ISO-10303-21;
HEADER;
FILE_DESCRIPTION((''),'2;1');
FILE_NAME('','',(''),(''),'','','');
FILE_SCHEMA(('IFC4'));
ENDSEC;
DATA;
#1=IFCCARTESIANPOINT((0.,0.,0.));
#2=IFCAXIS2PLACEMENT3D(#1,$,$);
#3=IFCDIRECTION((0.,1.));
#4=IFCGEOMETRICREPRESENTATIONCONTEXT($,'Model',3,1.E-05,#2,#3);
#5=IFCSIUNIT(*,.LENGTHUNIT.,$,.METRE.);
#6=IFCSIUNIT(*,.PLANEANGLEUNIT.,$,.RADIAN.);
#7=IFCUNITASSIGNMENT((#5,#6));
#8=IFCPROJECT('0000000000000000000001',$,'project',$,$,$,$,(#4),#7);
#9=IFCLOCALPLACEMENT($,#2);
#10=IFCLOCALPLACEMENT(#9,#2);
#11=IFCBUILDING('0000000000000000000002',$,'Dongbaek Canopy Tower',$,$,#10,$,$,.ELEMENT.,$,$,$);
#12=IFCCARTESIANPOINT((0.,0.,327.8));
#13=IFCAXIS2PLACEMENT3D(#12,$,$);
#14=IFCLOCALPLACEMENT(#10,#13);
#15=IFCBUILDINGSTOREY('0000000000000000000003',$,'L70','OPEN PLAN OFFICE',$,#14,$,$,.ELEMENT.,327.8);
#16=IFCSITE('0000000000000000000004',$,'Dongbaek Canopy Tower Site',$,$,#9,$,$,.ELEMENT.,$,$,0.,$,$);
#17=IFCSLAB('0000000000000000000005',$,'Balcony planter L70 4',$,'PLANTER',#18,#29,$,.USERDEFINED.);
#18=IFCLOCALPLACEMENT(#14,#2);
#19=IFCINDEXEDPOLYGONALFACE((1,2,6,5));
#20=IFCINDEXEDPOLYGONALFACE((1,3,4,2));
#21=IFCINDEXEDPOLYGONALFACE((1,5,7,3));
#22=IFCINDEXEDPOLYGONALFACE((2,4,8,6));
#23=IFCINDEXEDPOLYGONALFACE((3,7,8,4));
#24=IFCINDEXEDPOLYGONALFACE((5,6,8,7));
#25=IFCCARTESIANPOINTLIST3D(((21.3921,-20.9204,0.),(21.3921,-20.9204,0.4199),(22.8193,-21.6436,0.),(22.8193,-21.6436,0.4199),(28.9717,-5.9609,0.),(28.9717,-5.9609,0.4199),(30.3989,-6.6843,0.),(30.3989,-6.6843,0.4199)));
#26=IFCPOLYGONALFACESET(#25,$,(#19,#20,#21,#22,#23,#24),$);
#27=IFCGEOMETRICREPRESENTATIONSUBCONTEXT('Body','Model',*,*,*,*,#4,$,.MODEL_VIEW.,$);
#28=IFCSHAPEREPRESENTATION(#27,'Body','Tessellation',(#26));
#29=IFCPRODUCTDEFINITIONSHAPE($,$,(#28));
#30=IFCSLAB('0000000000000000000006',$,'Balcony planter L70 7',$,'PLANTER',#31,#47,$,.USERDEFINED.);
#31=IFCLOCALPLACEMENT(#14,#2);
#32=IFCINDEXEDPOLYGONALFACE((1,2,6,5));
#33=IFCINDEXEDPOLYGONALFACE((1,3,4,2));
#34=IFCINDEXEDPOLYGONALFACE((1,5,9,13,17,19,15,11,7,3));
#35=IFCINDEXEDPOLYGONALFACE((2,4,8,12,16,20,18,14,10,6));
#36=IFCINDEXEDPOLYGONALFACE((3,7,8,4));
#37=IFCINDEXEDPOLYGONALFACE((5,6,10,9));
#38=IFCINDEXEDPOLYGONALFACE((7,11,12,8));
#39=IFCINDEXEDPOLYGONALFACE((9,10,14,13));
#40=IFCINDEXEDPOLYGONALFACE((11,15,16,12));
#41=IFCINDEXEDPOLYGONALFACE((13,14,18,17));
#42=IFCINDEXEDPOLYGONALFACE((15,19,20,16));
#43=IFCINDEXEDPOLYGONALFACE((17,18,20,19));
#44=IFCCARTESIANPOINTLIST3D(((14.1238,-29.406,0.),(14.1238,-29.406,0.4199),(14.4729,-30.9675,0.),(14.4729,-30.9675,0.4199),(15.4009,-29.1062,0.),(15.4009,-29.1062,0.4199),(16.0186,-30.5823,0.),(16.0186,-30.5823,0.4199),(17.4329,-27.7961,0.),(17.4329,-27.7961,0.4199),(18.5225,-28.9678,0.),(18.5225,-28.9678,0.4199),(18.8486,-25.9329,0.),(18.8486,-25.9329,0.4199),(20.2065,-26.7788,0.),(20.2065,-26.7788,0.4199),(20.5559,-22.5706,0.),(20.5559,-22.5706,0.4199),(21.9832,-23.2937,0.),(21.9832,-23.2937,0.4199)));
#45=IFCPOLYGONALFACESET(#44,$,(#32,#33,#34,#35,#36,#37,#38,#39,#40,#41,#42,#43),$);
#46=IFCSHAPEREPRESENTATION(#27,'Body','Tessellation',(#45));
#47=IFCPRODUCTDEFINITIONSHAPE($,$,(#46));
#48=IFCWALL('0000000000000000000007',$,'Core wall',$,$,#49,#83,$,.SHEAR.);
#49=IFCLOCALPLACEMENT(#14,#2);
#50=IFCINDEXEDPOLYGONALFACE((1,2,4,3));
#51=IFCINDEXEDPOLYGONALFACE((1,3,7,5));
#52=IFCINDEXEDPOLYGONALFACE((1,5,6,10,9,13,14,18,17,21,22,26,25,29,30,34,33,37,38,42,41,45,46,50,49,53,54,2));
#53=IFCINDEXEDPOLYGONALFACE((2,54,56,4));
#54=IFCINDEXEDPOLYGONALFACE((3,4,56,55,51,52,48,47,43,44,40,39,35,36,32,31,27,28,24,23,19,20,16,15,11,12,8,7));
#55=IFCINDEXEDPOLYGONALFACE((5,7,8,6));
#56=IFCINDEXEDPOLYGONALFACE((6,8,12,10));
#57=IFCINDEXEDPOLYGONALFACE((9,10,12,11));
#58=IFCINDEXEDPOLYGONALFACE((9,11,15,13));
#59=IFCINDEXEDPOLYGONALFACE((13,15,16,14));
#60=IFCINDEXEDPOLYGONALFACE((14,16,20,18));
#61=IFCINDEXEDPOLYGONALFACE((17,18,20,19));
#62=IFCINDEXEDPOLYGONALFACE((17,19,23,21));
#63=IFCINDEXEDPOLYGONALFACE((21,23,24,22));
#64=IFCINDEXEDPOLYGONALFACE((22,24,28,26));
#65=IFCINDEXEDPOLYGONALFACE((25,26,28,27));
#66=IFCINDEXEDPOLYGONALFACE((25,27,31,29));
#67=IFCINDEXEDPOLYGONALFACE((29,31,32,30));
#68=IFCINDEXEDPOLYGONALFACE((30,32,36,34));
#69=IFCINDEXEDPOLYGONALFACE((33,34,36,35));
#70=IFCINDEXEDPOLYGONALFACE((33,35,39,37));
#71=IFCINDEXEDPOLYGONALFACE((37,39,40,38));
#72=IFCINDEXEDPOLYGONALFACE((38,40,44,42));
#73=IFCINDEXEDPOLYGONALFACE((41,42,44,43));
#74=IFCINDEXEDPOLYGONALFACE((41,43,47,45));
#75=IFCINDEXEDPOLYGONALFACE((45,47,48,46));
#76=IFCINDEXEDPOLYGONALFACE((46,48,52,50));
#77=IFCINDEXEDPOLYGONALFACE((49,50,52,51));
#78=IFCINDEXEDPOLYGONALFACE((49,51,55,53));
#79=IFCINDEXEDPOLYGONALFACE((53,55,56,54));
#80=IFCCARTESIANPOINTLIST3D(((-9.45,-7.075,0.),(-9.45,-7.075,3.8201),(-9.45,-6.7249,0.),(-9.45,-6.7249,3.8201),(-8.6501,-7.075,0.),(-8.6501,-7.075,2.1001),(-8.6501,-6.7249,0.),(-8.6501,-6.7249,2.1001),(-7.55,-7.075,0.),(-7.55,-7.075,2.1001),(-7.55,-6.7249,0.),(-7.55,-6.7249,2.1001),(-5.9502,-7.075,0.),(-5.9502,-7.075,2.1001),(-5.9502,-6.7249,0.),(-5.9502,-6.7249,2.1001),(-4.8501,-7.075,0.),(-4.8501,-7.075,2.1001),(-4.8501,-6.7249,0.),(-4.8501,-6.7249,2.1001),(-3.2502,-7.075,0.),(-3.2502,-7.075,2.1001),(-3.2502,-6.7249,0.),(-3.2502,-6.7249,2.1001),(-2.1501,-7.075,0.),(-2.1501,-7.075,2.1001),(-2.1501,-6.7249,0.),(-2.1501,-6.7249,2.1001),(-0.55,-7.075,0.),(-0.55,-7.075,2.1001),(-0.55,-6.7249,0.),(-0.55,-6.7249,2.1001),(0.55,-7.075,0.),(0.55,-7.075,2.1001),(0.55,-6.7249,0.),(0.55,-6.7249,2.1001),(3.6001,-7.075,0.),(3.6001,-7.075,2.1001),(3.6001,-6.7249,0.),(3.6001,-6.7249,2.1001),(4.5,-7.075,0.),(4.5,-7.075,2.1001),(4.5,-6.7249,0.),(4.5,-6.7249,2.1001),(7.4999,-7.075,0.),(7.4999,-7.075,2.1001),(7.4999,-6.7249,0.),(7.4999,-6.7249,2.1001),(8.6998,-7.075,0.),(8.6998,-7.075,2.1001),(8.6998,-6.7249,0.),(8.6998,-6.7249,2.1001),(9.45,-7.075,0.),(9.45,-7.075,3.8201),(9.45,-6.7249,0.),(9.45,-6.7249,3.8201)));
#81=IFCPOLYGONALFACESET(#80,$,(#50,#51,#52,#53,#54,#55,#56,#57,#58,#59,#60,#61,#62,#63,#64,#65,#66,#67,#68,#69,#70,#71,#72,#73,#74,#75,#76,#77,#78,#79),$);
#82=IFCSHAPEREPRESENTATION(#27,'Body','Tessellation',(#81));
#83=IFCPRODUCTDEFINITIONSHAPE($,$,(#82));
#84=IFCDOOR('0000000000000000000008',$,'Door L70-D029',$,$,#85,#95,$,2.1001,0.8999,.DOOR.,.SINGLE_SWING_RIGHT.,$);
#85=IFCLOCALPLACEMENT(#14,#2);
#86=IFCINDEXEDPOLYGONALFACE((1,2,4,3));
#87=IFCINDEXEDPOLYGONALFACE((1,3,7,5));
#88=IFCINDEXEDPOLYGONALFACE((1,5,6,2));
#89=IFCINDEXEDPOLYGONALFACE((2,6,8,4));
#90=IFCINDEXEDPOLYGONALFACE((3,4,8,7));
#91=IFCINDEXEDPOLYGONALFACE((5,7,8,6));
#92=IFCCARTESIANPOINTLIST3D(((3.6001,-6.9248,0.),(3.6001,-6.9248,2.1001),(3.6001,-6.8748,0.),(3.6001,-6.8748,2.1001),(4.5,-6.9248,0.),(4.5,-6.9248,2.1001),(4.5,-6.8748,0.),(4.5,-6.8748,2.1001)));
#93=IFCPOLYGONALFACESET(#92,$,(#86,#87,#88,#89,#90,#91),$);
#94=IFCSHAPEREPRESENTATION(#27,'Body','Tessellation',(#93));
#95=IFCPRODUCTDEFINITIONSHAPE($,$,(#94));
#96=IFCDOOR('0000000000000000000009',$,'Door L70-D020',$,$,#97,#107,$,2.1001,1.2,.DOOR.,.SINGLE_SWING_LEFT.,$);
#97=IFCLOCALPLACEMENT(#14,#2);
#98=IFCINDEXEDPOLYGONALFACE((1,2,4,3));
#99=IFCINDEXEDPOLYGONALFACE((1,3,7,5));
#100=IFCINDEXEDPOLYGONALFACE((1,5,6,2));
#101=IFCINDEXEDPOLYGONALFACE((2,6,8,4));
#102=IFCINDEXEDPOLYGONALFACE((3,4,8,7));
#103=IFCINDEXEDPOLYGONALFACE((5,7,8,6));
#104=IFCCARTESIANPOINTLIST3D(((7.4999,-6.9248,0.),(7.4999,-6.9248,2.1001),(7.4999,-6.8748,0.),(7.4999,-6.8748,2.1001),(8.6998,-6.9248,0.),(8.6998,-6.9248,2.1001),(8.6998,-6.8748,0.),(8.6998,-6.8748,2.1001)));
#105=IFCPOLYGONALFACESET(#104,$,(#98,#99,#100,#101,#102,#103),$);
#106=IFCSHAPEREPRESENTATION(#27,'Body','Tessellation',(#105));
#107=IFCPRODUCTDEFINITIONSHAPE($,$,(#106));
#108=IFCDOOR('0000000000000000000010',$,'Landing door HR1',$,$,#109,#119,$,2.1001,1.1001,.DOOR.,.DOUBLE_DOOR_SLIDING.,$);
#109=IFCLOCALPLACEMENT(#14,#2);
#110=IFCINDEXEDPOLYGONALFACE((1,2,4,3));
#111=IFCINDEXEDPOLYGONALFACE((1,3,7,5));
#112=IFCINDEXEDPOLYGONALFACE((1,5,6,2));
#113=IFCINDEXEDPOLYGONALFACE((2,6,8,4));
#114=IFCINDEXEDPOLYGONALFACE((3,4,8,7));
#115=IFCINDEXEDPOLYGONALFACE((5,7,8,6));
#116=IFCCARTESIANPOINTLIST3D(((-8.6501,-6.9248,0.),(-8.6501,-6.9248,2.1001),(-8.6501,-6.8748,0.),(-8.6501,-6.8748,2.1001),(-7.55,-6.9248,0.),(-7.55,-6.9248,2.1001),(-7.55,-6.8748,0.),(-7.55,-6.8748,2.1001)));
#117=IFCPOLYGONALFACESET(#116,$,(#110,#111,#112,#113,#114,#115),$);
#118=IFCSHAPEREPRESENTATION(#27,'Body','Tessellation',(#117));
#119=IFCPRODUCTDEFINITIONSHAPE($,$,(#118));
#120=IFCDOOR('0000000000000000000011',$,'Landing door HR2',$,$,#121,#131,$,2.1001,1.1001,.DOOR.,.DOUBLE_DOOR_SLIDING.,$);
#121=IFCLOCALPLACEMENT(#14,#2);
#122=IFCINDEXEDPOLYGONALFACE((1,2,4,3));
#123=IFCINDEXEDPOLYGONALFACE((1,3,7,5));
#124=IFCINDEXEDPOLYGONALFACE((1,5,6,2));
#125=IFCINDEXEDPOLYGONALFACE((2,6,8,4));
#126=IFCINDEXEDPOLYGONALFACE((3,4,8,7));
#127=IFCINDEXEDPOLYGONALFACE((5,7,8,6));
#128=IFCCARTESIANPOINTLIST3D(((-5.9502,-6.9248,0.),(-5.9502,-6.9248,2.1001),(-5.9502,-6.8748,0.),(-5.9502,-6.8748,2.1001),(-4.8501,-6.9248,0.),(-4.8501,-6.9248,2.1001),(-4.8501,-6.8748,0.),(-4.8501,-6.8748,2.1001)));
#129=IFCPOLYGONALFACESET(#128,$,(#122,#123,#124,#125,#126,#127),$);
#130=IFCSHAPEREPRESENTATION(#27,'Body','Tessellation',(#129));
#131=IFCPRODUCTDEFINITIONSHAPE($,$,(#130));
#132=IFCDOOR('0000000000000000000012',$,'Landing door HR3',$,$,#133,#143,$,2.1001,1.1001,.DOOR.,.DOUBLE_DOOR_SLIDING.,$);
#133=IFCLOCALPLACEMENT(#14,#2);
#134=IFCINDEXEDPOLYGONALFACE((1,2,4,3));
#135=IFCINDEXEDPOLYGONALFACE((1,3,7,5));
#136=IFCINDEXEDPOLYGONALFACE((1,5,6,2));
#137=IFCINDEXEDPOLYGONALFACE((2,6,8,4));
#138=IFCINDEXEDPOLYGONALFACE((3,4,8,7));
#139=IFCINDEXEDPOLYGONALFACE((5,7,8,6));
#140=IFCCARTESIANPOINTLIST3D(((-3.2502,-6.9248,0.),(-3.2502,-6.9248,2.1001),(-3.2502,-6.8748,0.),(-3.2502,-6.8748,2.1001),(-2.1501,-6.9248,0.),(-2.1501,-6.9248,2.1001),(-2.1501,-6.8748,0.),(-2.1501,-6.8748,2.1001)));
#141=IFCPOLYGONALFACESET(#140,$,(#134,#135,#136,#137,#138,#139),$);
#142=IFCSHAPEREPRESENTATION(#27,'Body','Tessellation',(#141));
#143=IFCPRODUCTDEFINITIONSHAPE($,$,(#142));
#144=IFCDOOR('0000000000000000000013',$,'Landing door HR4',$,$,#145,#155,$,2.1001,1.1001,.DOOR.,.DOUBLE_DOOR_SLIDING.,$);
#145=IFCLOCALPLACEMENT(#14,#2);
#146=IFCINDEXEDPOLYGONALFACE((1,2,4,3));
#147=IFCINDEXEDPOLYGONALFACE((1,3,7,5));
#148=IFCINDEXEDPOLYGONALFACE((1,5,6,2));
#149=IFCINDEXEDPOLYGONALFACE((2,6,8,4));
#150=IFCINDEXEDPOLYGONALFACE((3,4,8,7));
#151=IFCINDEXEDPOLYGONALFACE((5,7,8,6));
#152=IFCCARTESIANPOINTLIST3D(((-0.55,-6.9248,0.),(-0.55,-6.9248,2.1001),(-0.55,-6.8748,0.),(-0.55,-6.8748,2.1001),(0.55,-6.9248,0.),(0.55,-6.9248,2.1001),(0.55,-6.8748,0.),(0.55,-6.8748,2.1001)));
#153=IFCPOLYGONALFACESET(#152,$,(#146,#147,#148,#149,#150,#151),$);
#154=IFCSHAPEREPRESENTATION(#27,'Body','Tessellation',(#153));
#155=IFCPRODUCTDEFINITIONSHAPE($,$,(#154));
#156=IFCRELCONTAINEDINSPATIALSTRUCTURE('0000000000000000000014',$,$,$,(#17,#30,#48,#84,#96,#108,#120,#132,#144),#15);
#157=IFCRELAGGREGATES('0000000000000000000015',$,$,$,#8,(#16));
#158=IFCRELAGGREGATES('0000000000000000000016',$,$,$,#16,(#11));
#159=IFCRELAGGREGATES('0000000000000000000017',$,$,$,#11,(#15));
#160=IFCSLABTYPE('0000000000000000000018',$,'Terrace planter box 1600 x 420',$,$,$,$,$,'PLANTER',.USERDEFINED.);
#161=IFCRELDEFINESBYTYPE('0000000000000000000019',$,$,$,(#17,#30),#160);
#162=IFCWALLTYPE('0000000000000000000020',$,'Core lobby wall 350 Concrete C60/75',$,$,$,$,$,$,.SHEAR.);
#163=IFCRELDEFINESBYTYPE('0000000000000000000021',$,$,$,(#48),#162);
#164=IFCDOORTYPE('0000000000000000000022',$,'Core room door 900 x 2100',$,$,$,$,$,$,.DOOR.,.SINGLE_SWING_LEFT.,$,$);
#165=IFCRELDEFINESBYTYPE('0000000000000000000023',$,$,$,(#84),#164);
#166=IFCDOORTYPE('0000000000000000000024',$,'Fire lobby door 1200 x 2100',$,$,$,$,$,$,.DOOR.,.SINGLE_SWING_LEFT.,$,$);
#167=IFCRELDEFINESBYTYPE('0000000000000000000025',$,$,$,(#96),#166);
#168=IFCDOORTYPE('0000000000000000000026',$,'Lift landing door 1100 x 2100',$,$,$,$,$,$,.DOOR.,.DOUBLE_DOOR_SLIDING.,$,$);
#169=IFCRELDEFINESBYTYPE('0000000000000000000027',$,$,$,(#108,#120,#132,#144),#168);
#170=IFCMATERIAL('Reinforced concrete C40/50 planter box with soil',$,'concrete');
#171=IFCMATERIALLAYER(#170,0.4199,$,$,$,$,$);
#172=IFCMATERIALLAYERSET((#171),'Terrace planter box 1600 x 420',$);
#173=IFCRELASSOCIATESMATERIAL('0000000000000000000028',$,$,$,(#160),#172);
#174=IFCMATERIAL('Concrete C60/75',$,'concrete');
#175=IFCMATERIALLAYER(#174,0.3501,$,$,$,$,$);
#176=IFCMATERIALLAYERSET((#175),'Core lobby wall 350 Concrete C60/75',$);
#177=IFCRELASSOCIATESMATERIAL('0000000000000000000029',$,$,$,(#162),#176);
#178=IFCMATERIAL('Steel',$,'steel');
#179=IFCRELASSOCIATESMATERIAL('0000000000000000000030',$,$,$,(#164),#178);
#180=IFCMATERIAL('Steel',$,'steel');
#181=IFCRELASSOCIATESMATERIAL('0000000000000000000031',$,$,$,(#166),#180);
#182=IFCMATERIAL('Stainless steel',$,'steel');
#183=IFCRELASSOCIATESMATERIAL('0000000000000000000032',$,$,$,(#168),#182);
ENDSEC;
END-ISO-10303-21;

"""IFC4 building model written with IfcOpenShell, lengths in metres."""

from ifc_helpers import new_model, si_unit, direction, frame, frame_2d, origin, place, context, subcontext, project, spatial, polyline, rectangle, outline, extrude, material, layer, layer_set, type_object, element, fill, save


model = new_model("IFC4")

# Units and contexts
model_context = context("Model", 3, precision=1e-05, world=origin(), true_north=direction((0.0, 1.0)))
body_context = subcontext(model_context, "Body", "Model", "MODEL_VIEW")
ifc_project = project(units=[si_unit("LENGTHUNIT", "METRE"), si_unit("PLANEANGLEUNIT", "RADIAN")], contexts=[model_context])

# Site, building, storey
site_placement = place(None, origin())
site = spatial("IfcSite", under=ifc_project, at=site_placement, Name="Dongbaek Canopy Tower Site", CompositionType="ELEMENT", RefElevation=0.0)
building_placement = place(site_placement, origin())
building = spatial("IfcBuilding", under=site, at=building_placement, Name="Dongbaek Canopy Tower", CompositionType="ELEMENT")
storey_placement = place(building_placement, frame((0.0, 0.0, 327.8)))
storey = spatial("IfcBuildingStorey", under=building, at=storey_placement, Name="L70", Description="OPEN PLAN OFFICE", CompositionType="ELEMENT", Elevation=327.8)

# Slabs
ifc_material_1 = material(Name="Reinforced concrete C40/50 planter box with soil", Category="concrete")
ifc_layer_1 = layer(ifc_material_1, 0.4199)
ifc_layer_set_1 = layer_set([ifc_layer_1], Name="Terrace planter box 1600 x 420")
slab_type_1 = type_object("IfcSlabType", Name="Terrace planter box 1600 x 420", ElementType="PLANTER", PredefinedType="USERDEFINED", material=ifc_layer_set_1)
slab_1_placement = place(storey_placement, origin())
element("IfcSlab", 1, at=slab_1_placement, inside=storey, type_object=slab_type_1, Name="Balcony planter L70 4", ObjectType="PLANTER", PredefinedType="USERDEFINED", context=body_context, shape_type="SweptSolid", body=[
    extrude(outline(polyline([(21.3921, -20.9204), (28.9717, -5.9609), (30.3989, -6.6843), (22.8193, -21.6436), (21.3921, -20.9204)])), origin(), (0.0, 0.0, 1.0), 0.4199),
])
slab_2_placement = place(storey_placement, origin())
element("IfcSlab", 2, at=slab_2_placement, inside=storey, type_object=slab_type_1, Name="Balcony planter L70 7", ObjectType="PLANTER", PredefinedType="USERDEFINED", context=body_context, shape_type="SweptSolid", body=[
    extrude(outline(polyline([(14.1238, -29.406), (15.4009, -29.1062), (17.4329, -27.7961), (18.8486, -25.9329), (20.5559, -22.5706), (21.9832, -23.2937), (20.2065, -26.7788), (18.5225, -28.9678), (16.0186, -30.5823), (14.4729, -30.9675), (14.1238, -29.406)])), origin(), (0.0, 0.0, 1.0), 0.4199),
])

# Wall, openings, doors
ifc_material_2 = material(Name="Concrete C60/75", Category="concrete")
ifc_layer_2 = layer(ifc_material_2, 0.3501)
ifc_layer_set_2 = layer_set([ifc_layer_2], Name="Core lobby wall 350 Concrete C60/75")
wall_type_1 = type_object("IfcWallType", Name="Core lobby wall 350 Concrete C60/75", PredefinedType="SHEAR", material=ifc_layer_set_2)
wall_1_placement = place(storey_placement, frame((9.45, -6.8999, 0.0), z_axis=(0.0, 0.0, 1.0), x_axis=(-1.0, 0.0, 0.0)))
wall_1 = element("IfcWall", 3, at=wall_1_placement, inside=storey, type_object=wall_type_1, Name="Core wall", PredefinedType="SHEAR", context=body_context, shape_type="SweptSolid", body=[
    extrude(rectangle(XDim=18.8999, YDim=0.3501, at=frame_2d((9.45, 0.0))), origin(), (0.0, 0.0, 1.0), 3.8201),
])
opening_1_placement = place(wall_1_placement, frame((17.0, 0.0, 0.0)))
opening_1 = element("IfcOpeningElement", 4, at=opening_1_placement, cuts=wall_1, PredefinedType="OPENING", context=body_context, shape_type="SweptSolid", body=[
    extrude(rectangle(XDim=1.1001, YDim=2.1001, at=frame_2d((0.55, 1.05))), frame((0.0, 0.1851, 0.0), z_axis=(0.0, -1.0, 0.0), x_axis=(1.0, 0.0, 0.0)), (0.0, 0.0, 1.0), 0.3701),
])
opening_2_placement = place(wall_1_placement, frame((14.3, 0.0, 0.0)))
opening_2 = element("IfcOpeningElement", 5, at=opening_2_placement, cuts=wall_1, PredefinedType="OPENING", context=body_context, shape_type="SweptSolid", body=[
    extrude(rectangle(XDim=1.1001, YDim=2.1001, at=frame_2d((0.55, 1.05))), frame((0.0, 0.1851, 0.0), z_axis=(0.0, -1.0, 0.0), x_axis=(1.0, 0.0, 0.0)), (0.0, 0.0, 1.0), 0.3701),
])
opening_3_placement = place(wall_1_placement, frame((11.6001, 0.0, 0.0)))
opening_3 = element("IfcOpeningElement", 6, at=opening_3_placement, cuts=wall_1, PredefinedType="OPENING", context=body_context, shape_type="SweptSolid", body=[
    extrude(rectangle(XDim=1.1001, YDim=2.1001, at=frame_2d((0.55, 1.05))), frame((0.0, 0.1851, 0.0), z_axis=(0.0, -1.0, 0.0), x_axis=(1.0, 0.0, 0.0)), (0.0, 0.0, 1.0), 0.3701),
])
opening_4_placement = place(wall_1_placement, frame((8.8999, 0.0, 0.0)))
opening_4 = element("IfcOpeningElement", 7, at=opening_4_placement, cuts=wall_1, PredefinedType="OPENING", context=body_context, shape_type="SweptSolid", body=[
    extrude(rectangle(XDim=1.1001, YDim=2.1001, at=frame_2d((0.55, 1.05))), frame((0.0, 0.1851, 0.0), z_axis=(0.0, -1.0, 0.0), x_axis=(1.0, 0.0, 0.0)), (0.0, 0.0, 1.0), 0.3701),
])
opening_5_placement = place(wall_1_placement, frame((0.75, 0.0, 0.0)))
opening_5 = element("IfcOpeningElement", 8, at=opening_5_placement, cuts=wall_1, PredefinedType="OPENING", context=body_context, shape_type="SweptSolid", body=[
    extrude(rectangle(XDim=1.2, YDim=2.1001, at=frame_2d((0.6001, 1.05))), frame((0.0, 0.1851, 0.0), z_axis=(0.0, -1.0, 0.0), x_axis=(1.0, 0.0, 0.0)), (0.0, 0.0, 1.0), 0.3701),
])
opening_6_placement = place(wall_1_placement, frame((4.95, 0.0, 0.0)))
opening_6 = element("IfcOpeningElement", 9, at=opening_6_placement, cuts=wall_1, PredefinedType="OPENING", context=body_context, shape_type="SweptSolid", body=[
    extrude(rectangle(XDim=0.8999, YDim=2.1001, at=frame_2d((0.45, 1.05))), frame((0.0, 0.1851, 0.0), z_axis=(0.0, -1.0, 0.0), x_axis=(1.0, 0.0, 0.0)), (0.0, 0.0, 1.0), 0.3701),
])
ifc_material_3 = material(Name="Steel", Category="steel")
door_type_1 = type_object("IfcDoorType", Name="Core room door 900 x 2100", OperationType="SINGLE_SWING_LEFT", PredefinedType="DOOR", material=ifc_material_3)
door_1_placement = place(opening_6_placement, origin())
door_1 = element("IfcDoor", 10, at=door_1_placement, inside=storey, type_object=door_type_1, Name="Door L70-D029", OperationType="SINGLE_SWING_RIGHT", OverallHeight=2.1001, OverallWidth=0.8999, PredefinedType="DOOR", context=body_context, shape_type="SweptSolid", body=[
    extrude(rectangle(XDim=0.8999, YDim=2.1001, at=frame_2d((0.45, 1.05))), frame((0.0, 0.0249, 0.0), z_axis=(0.0, -1.0, 0.0), x_axis=(1.0, 0.0, 0.0)), (0.0, 0.0, 1.0), 0.05),
])
fill(opening_6, door_1)
ifc_material_4 = material(Name="Steel", Category="steel")
door_type_2 = type_object("IfcDoorType", Name="Fire lobby door 1200 x 2100", OperationType="SINGLE_SWING_LEFT", PredefinedType="DOOR", material=ifc_material_4)
door_2_placement = place(opening_5_placement, origin())
door_2 = element("IfcDoor", 11, at=door_2_placement, inside=storey, type_object=door_type_2, Name="Door L70-D020", OperationType="SINGLE_SWING_LEFT", OverallHeight=2.1001, OverallWidth=1.2, PredefinedType="DOOR", context=body_context, shape_type="SweptSolid", body=[
    extrude(rectangle(XDim=1.2, YDim=2.1001, at=frame_2d((0.6001, 1.05))), frame((0.0, 0.0249, 0.0), z_axis=(0.0, -1.0, 0.0), x_axis=(1.0, 0.0, 0.0)), (0.0, 0.0, 1.0), 0.05),
])
fill(opening_5, door_2)
ifc_material_5 = material(Name="Stainless steel", Category="steel")
door_type_3 = type_object("IfcDoorType", Name="Lift landing door 1100 x 2100", OperationType="DOUBLE_DOOR_SLIDING", PredefinedType="DOOR", material=ifc_material_5)
door_3_placement = place(opening_1_placement, origin())
door_3 = element("IfcDoor", 12, at=door_3_placement, inside=storey, type_object=door_type_3, Name="Landing door HR1", OperationType="DOUBLE_DOOR_SLIDING", OverallHeight=2.1001, OverallWidth=1.1001, PredefinedType="DOOR", context=body_context, shape_type="SweptSolid", body=[
    extrude(rectangle(XDim=1.1001, YDim=2.1001, at=frame_2d((0.55, 1.05))), frame((0.0, 0.0249, 0.0), z_axis=(0.0, -1.0, 0.0), x_axis=(1.0, 0.0, 0.0)), (0.0, 0.0, 1.0), 0.05),
])
fill(opening_1, door_3)
door_4_placement = place(opening_2_placement, origin())
door_4 = element("IfcDoor", 13, at=door_4_placement, inside=storey, type_object=door_type_3, Name="Landing door HR2", OperationType="DOUBLE_DOOR_SLIDING", OverallHeight=2.1001, OverallWidth=1.1001, PredefinedType="DOOR", context=body_context, shape_type="SweptSolid", body=[
    extrude(rectangle(XDim=1.1001, YDim=2.1001, at=frame_2d((0.55, 1.05))), frame((0.0, 0.0249, 0.0), z_axis=(0.0, -1.0, 0.0), x_axis=(1.0, 0.0, 0.0)), (0.0, 0.0, 1.0), 0.05),
])
fill(opening_2, door_4)
door_5_placement = place(opening_3_placement, origin())
door_5 = element("IfcDoor", 14, at=door_5_placement, inside=storey, type_object=door_type_3, Name="Landing door HR3", OperationType="DOUBLE_DOOR_SLIDING", OverallHeight=2.1001, OverallWidth=1.1001, PredefinedType="DOOR", context=body_context, shape_type="SweptSolid", body=[
    extrude(rectangle(XDim=1.1001, YDim=2.1001, at=frame_2d((0.55, 1.05))), frame((0.0, 0.0249, 0.0), z_axis=(0.0, -1.0, 0.0), x_axis=(1.0, 0.0, 0.0)), (0.0, 0.0, 1.0), 0.05),
])
fill(opening_3, door_5)
door_6_placement = place(opening_4_placement, origin())
door_6 = element("IfcDoor", 15, at=door_6_placement, inside=storey, type_object=door_type_3, Name="Landing door HR4", OperationType="DOUBLE_DOOR_SLIDING", OverallHeight=2.1001, OverallWidth=1.1001, PredefinedType="DOOR", context=body_context, shape_type="SweptSolid", body=[
    extrude(rectangle(XDim=1.1001, YDim=2.1001, at=frame_2d((0.55, 1.05))), frame((0.0, 0.0249, 0.0), z_axis=(0.0, -1.0, 0.0), x_axis=(1.0, 0.0, 0.0)), (0.0, 0.0, 1.0), 0.05),
])
fill(opening_4, door_6)

save(model, "model.ifc")
